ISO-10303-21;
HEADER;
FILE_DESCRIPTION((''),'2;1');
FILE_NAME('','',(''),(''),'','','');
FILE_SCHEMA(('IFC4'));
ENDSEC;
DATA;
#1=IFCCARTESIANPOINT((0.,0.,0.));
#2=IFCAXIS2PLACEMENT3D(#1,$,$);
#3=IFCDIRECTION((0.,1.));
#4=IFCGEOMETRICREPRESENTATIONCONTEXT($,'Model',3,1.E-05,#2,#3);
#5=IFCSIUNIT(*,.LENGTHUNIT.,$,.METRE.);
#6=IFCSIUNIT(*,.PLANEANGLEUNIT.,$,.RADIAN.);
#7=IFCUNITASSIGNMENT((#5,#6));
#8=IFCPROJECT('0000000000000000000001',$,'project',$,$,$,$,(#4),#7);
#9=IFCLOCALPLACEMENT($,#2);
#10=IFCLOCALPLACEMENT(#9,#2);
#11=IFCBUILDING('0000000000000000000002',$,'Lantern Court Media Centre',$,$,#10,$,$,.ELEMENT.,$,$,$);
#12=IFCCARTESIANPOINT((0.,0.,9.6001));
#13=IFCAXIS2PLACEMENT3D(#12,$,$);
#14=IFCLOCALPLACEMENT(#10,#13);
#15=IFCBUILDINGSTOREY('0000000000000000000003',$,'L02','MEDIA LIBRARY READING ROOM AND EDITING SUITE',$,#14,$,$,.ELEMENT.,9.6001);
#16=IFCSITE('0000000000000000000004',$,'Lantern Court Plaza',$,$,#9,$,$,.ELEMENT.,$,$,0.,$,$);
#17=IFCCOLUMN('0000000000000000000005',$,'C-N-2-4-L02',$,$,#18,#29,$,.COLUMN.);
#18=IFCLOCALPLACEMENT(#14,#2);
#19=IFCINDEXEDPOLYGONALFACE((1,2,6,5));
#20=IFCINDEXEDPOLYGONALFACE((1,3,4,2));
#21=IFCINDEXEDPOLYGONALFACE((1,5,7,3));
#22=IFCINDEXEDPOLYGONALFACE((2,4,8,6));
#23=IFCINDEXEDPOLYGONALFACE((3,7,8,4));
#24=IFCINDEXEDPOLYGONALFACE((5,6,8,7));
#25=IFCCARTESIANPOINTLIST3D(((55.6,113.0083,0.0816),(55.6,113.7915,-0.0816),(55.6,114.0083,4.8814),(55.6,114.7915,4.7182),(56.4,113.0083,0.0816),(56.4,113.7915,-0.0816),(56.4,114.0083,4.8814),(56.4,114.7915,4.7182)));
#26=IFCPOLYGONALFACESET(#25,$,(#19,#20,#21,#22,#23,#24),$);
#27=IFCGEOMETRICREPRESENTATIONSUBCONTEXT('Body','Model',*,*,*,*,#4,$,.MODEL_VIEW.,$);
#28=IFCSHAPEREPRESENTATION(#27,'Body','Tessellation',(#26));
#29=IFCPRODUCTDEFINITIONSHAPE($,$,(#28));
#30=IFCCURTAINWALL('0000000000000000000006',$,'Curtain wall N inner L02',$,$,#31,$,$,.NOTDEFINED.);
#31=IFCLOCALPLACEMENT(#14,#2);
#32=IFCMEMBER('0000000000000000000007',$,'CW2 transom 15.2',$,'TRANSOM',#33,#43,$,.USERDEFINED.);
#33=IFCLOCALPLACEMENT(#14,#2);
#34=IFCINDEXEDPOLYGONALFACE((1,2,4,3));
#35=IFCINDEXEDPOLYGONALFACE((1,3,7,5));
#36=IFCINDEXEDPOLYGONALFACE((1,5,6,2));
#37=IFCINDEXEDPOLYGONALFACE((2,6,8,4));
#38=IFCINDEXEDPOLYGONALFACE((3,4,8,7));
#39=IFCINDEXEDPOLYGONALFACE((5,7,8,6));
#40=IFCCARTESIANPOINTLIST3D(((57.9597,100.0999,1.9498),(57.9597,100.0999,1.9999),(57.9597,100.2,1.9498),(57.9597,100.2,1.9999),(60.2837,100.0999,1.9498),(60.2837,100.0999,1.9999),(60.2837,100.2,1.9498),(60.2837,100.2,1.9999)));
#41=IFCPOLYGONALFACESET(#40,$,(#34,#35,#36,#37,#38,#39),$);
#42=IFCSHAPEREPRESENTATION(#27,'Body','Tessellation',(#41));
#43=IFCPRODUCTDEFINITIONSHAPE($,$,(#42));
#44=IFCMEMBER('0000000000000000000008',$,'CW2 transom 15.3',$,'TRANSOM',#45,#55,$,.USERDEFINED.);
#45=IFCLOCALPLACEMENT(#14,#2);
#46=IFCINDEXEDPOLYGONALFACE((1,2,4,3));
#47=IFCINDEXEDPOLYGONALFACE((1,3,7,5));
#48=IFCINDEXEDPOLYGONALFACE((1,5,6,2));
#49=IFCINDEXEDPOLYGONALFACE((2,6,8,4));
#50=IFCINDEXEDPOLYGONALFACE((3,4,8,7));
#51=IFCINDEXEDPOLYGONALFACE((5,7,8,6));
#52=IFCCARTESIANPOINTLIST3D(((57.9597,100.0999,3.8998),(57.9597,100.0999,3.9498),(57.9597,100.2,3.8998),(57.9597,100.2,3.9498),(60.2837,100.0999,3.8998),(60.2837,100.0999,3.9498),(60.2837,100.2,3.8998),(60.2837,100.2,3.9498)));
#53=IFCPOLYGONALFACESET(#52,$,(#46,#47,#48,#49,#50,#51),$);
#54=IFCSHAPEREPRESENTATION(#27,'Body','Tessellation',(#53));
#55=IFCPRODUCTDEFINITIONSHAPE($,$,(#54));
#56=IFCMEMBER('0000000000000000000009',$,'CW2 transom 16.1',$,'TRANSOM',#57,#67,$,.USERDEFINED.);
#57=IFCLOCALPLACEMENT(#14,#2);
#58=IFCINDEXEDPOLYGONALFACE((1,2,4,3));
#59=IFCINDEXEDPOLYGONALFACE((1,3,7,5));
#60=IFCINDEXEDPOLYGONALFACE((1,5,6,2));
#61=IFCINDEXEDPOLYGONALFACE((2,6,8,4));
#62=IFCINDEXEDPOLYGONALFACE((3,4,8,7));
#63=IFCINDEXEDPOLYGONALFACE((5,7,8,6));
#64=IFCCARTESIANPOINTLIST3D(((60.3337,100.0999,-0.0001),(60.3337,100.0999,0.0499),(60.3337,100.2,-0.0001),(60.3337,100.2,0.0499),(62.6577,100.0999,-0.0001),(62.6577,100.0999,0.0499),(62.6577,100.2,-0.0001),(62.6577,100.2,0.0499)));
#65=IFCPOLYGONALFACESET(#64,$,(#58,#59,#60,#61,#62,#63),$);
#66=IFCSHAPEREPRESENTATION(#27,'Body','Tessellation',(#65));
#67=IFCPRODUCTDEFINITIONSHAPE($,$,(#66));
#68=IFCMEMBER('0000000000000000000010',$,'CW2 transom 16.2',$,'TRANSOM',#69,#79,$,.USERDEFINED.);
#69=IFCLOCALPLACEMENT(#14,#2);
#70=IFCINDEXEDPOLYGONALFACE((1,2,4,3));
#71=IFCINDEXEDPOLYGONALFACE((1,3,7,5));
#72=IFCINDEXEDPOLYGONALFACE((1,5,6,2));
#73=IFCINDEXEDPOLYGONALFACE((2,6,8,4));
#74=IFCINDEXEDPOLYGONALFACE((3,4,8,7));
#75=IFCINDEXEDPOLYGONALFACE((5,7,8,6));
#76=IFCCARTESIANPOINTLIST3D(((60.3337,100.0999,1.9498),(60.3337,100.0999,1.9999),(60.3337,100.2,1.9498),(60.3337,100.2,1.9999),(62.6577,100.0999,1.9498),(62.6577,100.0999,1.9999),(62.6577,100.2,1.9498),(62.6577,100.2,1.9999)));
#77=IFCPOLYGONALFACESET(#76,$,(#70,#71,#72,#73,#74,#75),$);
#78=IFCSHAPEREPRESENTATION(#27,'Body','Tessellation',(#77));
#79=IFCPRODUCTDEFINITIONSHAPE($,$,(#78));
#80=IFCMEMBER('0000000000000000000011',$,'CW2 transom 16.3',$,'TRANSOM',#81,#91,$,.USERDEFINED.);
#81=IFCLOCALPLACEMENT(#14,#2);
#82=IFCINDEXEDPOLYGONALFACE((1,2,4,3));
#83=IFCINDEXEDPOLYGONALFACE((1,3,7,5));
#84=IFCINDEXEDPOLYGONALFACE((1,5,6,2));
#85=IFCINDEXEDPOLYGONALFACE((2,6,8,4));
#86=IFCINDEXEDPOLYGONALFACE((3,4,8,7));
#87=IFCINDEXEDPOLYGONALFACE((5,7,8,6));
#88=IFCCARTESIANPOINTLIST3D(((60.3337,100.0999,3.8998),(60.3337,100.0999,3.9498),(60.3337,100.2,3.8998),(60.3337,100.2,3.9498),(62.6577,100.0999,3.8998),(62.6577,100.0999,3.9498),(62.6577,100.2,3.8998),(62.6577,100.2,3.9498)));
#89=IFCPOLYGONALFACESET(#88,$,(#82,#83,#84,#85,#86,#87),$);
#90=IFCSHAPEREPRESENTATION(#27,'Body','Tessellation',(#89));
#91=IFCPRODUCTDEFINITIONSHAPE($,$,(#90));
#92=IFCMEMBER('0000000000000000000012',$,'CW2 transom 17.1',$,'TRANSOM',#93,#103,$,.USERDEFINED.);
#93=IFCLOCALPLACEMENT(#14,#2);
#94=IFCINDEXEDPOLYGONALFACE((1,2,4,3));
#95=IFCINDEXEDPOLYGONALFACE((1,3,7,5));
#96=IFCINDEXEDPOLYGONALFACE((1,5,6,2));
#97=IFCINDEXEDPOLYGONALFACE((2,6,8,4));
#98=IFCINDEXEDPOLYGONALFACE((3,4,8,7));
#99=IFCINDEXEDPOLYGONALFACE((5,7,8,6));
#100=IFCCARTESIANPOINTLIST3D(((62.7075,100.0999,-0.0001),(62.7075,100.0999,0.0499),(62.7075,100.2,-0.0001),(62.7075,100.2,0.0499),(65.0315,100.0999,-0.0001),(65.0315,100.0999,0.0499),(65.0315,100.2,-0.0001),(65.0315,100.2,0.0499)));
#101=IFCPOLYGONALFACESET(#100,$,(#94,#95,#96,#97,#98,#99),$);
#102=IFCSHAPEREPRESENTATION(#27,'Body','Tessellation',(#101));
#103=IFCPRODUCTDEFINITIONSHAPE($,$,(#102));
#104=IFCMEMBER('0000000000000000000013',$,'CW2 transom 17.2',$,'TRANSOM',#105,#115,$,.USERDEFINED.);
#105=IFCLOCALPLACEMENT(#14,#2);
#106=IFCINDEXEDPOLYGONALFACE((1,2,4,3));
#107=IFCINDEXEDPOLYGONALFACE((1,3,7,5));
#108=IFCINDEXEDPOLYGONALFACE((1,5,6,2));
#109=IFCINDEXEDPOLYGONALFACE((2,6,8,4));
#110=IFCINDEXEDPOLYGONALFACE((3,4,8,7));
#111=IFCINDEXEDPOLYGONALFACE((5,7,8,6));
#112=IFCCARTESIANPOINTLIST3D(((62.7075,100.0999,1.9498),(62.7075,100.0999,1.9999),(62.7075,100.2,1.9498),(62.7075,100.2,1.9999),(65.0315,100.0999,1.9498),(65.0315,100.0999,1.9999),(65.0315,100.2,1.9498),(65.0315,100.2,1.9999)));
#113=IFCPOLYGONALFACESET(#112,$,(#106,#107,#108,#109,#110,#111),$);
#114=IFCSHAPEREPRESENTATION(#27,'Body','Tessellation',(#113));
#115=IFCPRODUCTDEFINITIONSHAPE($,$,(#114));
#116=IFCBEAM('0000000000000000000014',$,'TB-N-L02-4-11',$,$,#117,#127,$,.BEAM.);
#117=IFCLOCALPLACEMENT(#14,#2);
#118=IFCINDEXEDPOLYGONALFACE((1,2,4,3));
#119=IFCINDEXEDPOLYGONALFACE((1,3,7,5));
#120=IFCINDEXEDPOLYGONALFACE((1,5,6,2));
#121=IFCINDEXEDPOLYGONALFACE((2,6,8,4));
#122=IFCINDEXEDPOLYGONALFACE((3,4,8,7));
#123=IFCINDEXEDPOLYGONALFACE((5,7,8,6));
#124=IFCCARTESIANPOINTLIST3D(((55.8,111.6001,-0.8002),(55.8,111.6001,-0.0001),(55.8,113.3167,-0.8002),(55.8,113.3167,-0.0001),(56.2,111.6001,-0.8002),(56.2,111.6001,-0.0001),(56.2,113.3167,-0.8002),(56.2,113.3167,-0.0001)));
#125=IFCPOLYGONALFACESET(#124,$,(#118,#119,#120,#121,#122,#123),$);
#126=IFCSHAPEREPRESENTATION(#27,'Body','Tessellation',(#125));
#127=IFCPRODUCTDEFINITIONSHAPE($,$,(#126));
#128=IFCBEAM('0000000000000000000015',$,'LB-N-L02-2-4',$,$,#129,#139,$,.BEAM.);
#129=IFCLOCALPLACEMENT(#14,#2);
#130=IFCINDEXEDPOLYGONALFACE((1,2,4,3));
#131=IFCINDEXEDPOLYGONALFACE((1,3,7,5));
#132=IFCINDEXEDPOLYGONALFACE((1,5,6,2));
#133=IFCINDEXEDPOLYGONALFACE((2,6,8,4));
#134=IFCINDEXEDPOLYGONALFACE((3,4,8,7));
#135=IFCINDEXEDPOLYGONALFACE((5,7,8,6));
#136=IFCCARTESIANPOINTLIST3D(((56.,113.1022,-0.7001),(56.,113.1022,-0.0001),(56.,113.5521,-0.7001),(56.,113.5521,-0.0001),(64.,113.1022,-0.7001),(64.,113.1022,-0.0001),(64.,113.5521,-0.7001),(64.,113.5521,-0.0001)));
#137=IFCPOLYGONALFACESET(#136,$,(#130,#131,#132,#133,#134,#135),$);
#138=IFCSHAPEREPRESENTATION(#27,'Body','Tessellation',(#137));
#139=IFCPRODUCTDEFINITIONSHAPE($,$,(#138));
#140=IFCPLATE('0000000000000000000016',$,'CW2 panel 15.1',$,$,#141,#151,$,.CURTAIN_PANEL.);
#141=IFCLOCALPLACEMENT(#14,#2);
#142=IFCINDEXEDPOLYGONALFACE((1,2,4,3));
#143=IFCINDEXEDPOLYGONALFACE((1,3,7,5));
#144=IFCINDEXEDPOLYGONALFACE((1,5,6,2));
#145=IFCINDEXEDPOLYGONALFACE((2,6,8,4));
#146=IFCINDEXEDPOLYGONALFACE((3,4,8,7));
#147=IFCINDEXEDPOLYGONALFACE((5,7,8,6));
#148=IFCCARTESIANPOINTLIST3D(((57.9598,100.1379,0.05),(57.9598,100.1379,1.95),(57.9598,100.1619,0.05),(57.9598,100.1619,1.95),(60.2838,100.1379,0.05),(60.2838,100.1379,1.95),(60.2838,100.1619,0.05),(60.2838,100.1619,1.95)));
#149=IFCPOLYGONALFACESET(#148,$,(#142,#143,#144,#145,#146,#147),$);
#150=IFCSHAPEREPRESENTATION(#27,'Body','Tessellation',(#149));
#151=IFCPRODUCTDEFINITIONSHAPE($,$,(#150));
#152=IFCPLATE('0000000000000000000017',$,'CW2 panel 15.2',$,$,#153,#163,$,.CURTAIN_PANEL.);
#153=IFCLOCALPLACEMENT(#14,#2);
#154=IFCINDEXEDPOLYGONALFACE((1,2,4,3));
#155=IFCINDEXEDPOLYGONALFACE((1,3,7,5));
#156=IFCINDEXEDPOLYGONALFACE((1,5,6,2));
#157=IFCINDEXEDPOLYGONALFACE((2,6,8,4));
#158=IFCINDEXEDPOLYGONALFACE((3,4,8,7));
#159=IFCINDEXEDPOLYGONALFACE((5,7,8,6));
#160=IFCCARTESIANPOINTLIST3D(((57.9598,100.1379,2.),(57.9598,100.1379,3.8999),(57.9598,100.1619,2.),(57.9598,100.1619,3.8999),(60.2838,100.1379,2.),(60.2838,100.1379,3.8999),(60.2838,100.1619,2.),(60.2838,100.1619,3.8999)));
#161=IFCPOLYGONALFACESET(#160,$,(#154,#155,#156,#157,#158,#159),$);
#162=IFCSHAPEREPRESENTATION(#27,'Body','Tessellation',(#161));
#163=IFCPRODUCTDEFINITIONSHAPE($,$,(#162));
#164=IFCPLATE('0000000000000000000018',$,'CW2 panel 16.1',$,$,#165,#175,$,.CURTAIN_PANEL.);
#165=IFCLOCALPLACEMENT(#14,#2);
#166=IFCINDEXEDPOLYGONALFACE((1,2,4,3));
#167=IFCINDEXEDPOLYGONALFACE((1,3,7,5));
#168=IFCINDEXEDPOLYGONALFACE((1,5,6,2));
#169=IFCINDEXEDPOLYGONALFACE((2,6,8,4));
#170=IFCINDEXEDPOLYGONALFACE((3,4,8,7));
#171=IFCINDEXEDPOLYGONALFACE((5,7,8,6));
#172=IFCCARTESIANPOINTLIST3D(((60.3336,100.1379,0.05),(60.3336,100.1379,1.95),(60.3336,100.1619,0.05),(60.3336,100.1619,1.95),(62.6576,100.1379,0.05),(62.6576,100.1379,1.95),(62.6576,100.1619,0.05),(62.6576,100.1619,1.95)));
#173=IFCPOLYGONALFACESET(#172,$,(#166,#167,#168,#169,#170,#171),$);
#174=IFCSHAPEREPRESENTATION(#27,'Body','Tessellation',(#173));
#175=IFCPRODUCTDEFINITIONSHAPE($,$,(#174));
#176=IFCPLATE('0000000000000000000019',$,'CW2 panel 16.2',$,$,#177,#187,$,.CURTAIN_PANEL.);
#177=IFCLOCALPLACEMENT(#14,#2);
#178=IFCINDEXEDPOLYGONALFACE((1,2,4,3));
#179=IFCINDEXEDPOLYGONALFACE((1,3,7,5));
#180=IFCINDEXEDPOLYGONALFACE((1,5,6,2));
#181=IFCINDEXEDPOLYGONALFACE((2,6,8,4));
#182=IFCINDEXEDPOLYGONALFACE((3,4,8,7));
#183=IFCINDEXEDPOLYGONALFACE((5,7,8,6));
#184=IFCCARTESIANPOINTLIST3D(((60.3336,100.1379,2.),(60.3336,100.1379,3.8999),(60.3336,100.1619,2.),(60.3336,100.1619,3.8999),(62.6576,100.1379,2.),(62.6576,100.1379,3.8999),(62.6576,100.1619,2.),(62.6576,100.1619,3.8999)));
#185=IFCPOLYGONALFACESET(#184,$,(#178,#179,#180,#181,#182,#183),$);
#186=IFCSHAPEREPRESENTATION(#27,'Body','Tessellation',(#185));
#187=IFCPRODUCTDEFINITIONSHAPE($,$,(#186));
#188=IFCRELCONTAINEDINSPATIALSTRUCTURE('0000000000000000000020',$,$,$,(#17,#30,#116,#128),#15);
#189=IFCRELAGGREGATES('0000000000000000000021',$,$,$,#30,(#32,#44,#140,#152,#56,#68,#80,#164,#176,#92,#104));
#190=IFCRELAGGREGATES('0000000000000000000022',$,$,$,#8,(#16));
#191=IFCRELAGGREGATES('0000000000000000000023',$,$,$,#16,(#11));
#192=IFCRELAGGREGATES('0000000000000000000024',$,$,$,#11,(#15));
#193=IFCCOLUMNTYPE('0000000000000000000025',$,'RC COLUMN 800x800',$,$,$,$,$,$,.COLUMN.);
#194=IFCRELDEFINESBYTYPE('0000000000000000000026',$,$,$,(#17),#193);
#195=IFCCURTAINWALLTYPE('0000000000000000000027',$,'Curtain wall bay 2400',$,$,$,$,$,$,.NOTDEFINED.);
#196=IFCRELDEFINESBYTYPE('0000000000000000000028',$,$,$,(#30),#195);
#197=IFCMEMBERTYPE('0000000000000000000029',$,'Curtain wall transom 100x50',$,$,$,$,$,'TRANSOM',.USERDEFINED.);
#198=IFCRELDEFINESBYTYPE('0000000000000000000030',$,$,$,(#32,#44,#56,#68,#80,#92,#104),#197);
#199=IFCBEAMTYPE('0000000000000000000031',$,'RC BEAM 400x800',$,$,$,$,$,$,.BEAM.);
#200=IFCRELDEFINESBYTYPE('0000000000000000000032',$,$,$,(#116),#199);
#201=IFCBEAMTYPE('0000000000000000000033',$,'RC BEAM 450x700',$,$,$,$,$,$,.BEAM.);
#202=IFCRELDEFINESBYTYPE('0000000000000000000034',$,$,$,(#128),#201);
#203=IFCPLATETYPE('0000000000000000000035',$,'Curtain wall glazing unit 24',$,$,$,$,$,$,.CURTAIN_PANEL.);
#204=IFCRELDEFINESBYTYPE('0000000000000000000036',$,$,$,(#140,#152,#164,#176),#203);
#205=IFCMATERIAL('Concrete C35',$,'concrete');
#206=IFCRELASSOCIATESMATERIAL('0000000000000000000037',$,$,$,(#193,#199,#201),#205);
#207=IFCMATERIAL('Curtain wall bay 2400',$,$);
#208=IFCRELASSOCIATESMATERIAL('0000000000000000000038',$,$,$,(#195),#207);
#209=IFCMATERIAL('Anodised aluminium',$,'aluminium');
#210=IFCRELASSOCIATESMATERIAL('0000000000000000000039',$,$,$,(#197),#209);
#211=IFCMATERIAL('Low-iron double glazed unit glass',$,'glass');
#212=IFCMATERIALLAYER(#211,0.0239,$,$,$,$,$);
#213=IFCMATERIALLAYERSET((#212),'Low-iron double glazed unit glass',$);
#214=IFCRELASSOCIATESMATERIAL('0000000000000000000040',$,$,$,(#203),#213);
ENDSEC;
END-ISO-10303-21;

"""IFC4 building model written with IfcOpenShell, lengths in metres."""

from ifc_helpers import new_model, si_unit, direction, frame, origin, origin_2d, place, context, subcontext, project, spatial, rectangle, extrude, material, layer, layer_set, material_profile, profile_set, type_object, element, aggregate, save


model = new_model("IFC4")

# Units and contexts
model_context = context("Model", 3, precision=1e-05, world=origin(), true_north=direction((0.0, 1.0)))
body_context = subcontext(model_context, "Body", "Model", "MODEL_VIEW")
ifc_project = project(units=[si_unit("LENGTHUNIT", "METRE"), si_unit("PLANEANGLEUNIT", "RADIAN")], contexts=[model_context])

# Site, building, storey
site_placement = place(None, origin())
site = spatial("IfcSite", under=ifc_project, at=site_placement, Name="Lantern Court Plaza", CompositionType="ELEMENT", RefElevation=0.0)
building_placement = place(site_placement, origin())
building = spatial("IfcBuilding", under=site, at=building_placement, Name="Lantern Court Media Centre", CompositionType="ELEMENT")
storey_placement = place(building_placement, frame((0.0, 0.0, 9.6001)))
storey = spatial("IfcBuildingStorey", under=building, at=storey_placement, Name="L02", Description="MEDIA LIBRARY READING ROOM AND EDITING SUITE", CompositionType="ELEMENT", Elevation=9.6001)

# Column
ifc_material_1 = material(Name="Concrete C35", Category="concrete")
ifc_material_profile_1 = material_profile(ifc_material_1, rectangle(XDim=0.8, YDim=0.8, at=origin_2d()), Name="RC 800x800")
ifc_profile_set_1 = profile_set([ifc_material_profile_1], Name="Concrete C35")
column_type = type_object("IfcColumnType", Name="RC COLUMN 800x800", PredefinedType="COLUMN", material=ifc_profile_set_1)
column_placement = place(storey_placement, frame((56.0, 113.3999, 0.0), z_axis=(0.0, 0.203962, 0.978979), x_axis=(-1.0, 0.0, 0.0)))
element("IfcColumn", 1, at=column_placement, inside=storey, type_object=column_type, Name="C-N-2-4-L02", PredefinedType="COLUMN", context=body_context, shape_type="SweptSolid", body=[
    extrude(rectangle(XDim=0.8, YDim=0.8, at=origin_2d()), origin(), (0.0, 0.0, 1.0), 4.9028),
])

# Curtain wall, members
ifc_material_2 = material(Name="Curtain wall bay 2400")
curtain_wall_type = type_object("IfcCurtainWallType", Name="Curtain wall bay 2400", PredefinedType="NOTDEFINED", material=ifc_material_2)
curtain_wall_placement = place(storey_placement, origin())
curtain_wall = element("IfcCurtainWall", 2, at=curtain_wall_placement, inside=storey, type_object=curtain_wall_type, Name="Curtain wall N inner L02", PredefinedType="NOTDEFINED")
ifc_material_3 = material(Name="Anodised aluminium", Category="aluminium")
ifc_material_profile_2 = material_profile(ifc_material_3, rectangle(XDim=0.1001, YDim=0.05, at=origin_2d()), Name="AL 50x100")
ifc_profile_set_2 = profile_set([ifc_material_profile_2], Name="Anodised aluminium")
member_type = type_object("IfcMemberType", Name="Curtain wall transom 100x50", ElementType="TRANSOM", PredefinedType="USERDEFINED", material=ifc_profile_set_2)
member_1_placement = place(storey_placement, frame((57.9597, 100.1499, 1.9749), z_axis=(1.0, 0.0, 0.0), x_axis=(0.0, 1.0, 0.0)))
member_1 = element("IfcMember", 3, at=member_1_placement, type_object=member_type, Name="CW2 transom 15.2", ObjectType="TRANSOM", PredefinedType="USERDEFINED", context=body_context, shape_type="SweptSolid", body=[
    extrude(rectangle(XDim=0.1001, YDim=0.05, at=origin_2d()), origin(), (0.0, 0.0, 1.0), 2.324),
])
member_2_placement = place(storey_placement, frame((57.9597, 100.1499, 3.9248), z_axis=(1.0, 0.0, 0.0), x_axis=(0.0, 1.0, 0.0)))
member_2 = element("IfcMember", 4, at=member_2_placement, type_object=member_type, Name="CW2 transom 15.3", ObjectType="TRANSOM", PredefinedType="USERDEFINED", context=body_context, shape_type="SweptSolid", body=[
    extrude(rectangle(XDim=0.1001, YDim=0.05, at=origin_2d()), origin(), (0.0, 0.0, 1.0), 2.324),
])
member_3_placement = place(storey_placement, frame((60.3337, 100.1499, 0.0249), z_axis=(1.0, 0.0, 0.0), x_axis=(0.0, 1.0, 0.0)))
member_3 = element("IfcMember", 5, at=member_3_placement, type_object=member_type, Name="CW2 transom 16.1", ObjectType="TRANSOM", PredefinedType="USERDEFINED", context=body_context, shape_type="SweptSolid", body=[
    extrude(rectangle(XDim=0.1001, YDim=0.05, at=origin_2d()), origin(), (0.0, 0.0, 1.0), 2.324),
])
member_4_placement = place(storey_placement, frame((60.3337, 100.1499, 1.9749), z_axis=(1.0, 0.0, 0.0), x_axis=(0.0, 1.0, 0.0)))
member_4 = element("IfcMember", 6, at=member_4_placement, type_object=member_type, Name="CW2 transom 16.2", ObjectType="TRANSOM", PredefinedType="USERDEFINED", context=body_context, shape_type="SweptSolid", body=[
    extrude(rectangle(XDim=0.1001, YDim=0.05, at=origin_2d()), origin(), (0.0, 0.0, 1.0), 2.324),
])
member_5_placement = place(storey_placement, frame((60.3337, 100.1499, 3.9248), z_axis=(1.0, 0.0, 0.0), x_axis=(0.0, 1.0, 0.0)))
member_5 = element("IfcMember", 7, at=member_5_placement, type_object=member_type, Name="CW2 transom 16.3", ObjectType="TRANSOM", PredefinedType="USERDEFINED", context=body_context, shape_type="SweptSolid", body=[
    extrude(rectangle(XDim=0.1001, YDim=0.05, at=origin_2d()), origin(), (0.0, 0.0, 1.0), 2.324),
])
member_6_placement = place(storey_placement, frame((62.7075, 100.1499, 0.0249), z_axis=(1.0, 0.0, 0.0), x_axis=(0.0, 1.0, 0.0)))
member_6 = element("IfcMember", 8, at=member_6_placement, type_object=member_type, Name="CW2 transom 17.1", ObjectType="TRANSOM", PredefinedType="USERDEFINED", context=body_context, shape_type="SweptSolid", body=[
    extrude(rectangle(XDim=0.1001, YDim=0.05, at=origin_2d()), origin(), (0.0, 0.0, 1.0), 2.324),
])
member_7_placement = place(storey_placement, frame((62.7075, 100.1499, 1.9749), z_axis=(1.0, 0.0, 0.0), x_axis=(0.0, 1.0, 0.0)))
member_7 = element("IfcMember", 9, at=member_7_placement, type_object=member_type, Name="CW2 transom 17.2", ObjectType="TRANSOM", PredefinedType="USERDEFINED", context=body_context, shape_type="SweptSolid", body=[
    extrude(rectangle(XDim=0.1001, YDim=0.05, at=origin_2d()), origin(), (0.0, 0.0, 1.0), 2.324),
])

# Beams
ifc_material_profile_3 = material_profile(ifc_material_1, rectangle(XDim=0.3999, YDim=0.8, at=origin_2d()), Name="RC 400x800")
ifc_profile_set_3 = profile_set([ifc_material_profile_3], Name="Concrete C35")
beam_type_1 = type_object("IfcBeamType", Name="RC BEAM 400x800", PredefinedType="BEAM", material=ifc_profile_set_3)
beam_1_placement = place(storey_placement, frame((56.0, 111.6001, -0.4001), z_axis=(0.0, 1.0, 0.0), x_axis=(-1.0, 0.0, 0.0)))
element("IfcBeam", 10, at=beam_1_placement, inside=storey, type_object=beam_type_1, Name="TB-N-L02-4-11", PredefinedType="BEAM", context=body_context, shape_type="SweptSolid", body=[
    extrude(rectangle(XDim=0.3999, YDim=0.8, at=origin_2d()), origin(), (0.0, 0.0, 1.0), 1.7166),
])
ifc_material_profile_4 = material_profile(ifc_material_1, rectangle(XDim=0.45, YDim=0.7, at=origin_2d()), Name="RC 450x700")
ifc_profile_set_4 = profile_set([ifc_material_profile_4], Name="Concrete C35")
beam_type_2 = type_object("IfcBeamType", Name="RC BEAM 450x700", PredefinedType="BEAM", material=ifc_profile_set_4)
beam_2_placement = place(storey_placement, frame((56.0, 113.3271, -0.3501), z_axis=(1.0, 0.0, 0.0), x_axis=(0.0, 1.0, 0.0)))
element("IfcBeam", 11, at=beam_2_placement, inside=storey, type_object=beam_type_2, Name="LB-N-L02-2-4", PredefinedType="BEAM", context=body_context, shape_type="SweptSolid", body=[
    extrude(rectangle(XDim=0.45, YDim=0.7, at=origin_2d()), origin(), (0.0, 0.0, 1.0), 8.0),
])

# Plates
ifc_material_4 = material(Name="Low-iron double glazed unit glass", Category="glass")
ifc_layer_1 = layer(ifc_material_4, 0.0239)
ifc_layer_set_1 = layer_set([ifc_layer_1], Name="Low-iron double glazed unit glass")
plate_type = type_object("IfcPlateType", Name="Curtain wall glazing unit 24", PredefinedType="CURTAIN_PANEL", material=ifc_layer_set_1)
plate_1_placement = place(storey_placement, frame((59.1218, 100.1499, 0.05), z_axis=(0.0, 0.0, 1.0), x_axis=(1.0, 0.0, 0.0)))
plate_1 = element("IfcPlate", 12, at=plate_1_placement, type_object=plate_type, Name="CW2 panel 15.1", PredefinedType="CURTAIN_PANEL", context=body_context, shape_type="SweptSolid", body=[
    extrude(rectangle(XDim=2.324, YDim=0.0239, at=origin_2d()), origin(), (0.0, 0.0, 1.0), 1.8999),
])
plate_2_placement = place(storey_placement, frame((59.1218, 100.1499, 2.0), z_axis=(0.0, 0.0, 1.0), x_axis=(1.0, 0.0, 0.0)))
plate_2 = element("IfcPlate", 13, at=plate_2_placement, type_object=plate_type, Name="CW2 panel 15.2", PredefinedType="CURTAIN_PANEL", context=body_context, shape_type="SweptSolid", body=[
    extrude(rectangle(XDim=2.324, YDim=0.0239, at=origin_2d()), origin(), (0.0, 0.0, 1.0), 1.8999),
])
plate_3_placement = place(storey_placement, frame((61.4956, 100.1499, 0.05), z_axis=(0.0, 0.0, 1.0), x_axis=(1.0, 0.0, 0.0)))
plate_3 = element("IfcPlate", 14, at=plate_3_placement, type_object=plate_type, Name="CW2 panel 16.1", PredefinedType="CURTAIN_PANEL", context=body_context, shape_type="SweptSolid", body=[
    extrude(rectangle(XDim=2.324, YDim=0.0239, at=origin_2d()), origin(), (0.0, 0.0, 1.0), 1.8999),
])
plate_4_placement = place(storey_placement, frame((61.4956, 100.1499, 2.0), z_axis=(0.0, 0.0, 1.0), x_axis=(1.0, 0.0, 0.0)))
plate_4 = element("IfcPlate", 15, at=plate_4_placement, type_object=plate_type, Name="CW2 panel 16.2", PredefinedType="CURTAIN_PANEL", context=body_context, shape_type="SweptSolid", body=[
    extrude(rectangle(XDim=2.324, YDim=0.0239, at=origin_2d()), origin(), (0.0, 0.0, 1.0), 1.8999),
])
aggregate(curtain_wall, [member_1, member_2, plate_1, plate_2, member_3, member_4, member_5, plate_3, plate_4, member_6, member_7])

save(model, "model.ifc")
